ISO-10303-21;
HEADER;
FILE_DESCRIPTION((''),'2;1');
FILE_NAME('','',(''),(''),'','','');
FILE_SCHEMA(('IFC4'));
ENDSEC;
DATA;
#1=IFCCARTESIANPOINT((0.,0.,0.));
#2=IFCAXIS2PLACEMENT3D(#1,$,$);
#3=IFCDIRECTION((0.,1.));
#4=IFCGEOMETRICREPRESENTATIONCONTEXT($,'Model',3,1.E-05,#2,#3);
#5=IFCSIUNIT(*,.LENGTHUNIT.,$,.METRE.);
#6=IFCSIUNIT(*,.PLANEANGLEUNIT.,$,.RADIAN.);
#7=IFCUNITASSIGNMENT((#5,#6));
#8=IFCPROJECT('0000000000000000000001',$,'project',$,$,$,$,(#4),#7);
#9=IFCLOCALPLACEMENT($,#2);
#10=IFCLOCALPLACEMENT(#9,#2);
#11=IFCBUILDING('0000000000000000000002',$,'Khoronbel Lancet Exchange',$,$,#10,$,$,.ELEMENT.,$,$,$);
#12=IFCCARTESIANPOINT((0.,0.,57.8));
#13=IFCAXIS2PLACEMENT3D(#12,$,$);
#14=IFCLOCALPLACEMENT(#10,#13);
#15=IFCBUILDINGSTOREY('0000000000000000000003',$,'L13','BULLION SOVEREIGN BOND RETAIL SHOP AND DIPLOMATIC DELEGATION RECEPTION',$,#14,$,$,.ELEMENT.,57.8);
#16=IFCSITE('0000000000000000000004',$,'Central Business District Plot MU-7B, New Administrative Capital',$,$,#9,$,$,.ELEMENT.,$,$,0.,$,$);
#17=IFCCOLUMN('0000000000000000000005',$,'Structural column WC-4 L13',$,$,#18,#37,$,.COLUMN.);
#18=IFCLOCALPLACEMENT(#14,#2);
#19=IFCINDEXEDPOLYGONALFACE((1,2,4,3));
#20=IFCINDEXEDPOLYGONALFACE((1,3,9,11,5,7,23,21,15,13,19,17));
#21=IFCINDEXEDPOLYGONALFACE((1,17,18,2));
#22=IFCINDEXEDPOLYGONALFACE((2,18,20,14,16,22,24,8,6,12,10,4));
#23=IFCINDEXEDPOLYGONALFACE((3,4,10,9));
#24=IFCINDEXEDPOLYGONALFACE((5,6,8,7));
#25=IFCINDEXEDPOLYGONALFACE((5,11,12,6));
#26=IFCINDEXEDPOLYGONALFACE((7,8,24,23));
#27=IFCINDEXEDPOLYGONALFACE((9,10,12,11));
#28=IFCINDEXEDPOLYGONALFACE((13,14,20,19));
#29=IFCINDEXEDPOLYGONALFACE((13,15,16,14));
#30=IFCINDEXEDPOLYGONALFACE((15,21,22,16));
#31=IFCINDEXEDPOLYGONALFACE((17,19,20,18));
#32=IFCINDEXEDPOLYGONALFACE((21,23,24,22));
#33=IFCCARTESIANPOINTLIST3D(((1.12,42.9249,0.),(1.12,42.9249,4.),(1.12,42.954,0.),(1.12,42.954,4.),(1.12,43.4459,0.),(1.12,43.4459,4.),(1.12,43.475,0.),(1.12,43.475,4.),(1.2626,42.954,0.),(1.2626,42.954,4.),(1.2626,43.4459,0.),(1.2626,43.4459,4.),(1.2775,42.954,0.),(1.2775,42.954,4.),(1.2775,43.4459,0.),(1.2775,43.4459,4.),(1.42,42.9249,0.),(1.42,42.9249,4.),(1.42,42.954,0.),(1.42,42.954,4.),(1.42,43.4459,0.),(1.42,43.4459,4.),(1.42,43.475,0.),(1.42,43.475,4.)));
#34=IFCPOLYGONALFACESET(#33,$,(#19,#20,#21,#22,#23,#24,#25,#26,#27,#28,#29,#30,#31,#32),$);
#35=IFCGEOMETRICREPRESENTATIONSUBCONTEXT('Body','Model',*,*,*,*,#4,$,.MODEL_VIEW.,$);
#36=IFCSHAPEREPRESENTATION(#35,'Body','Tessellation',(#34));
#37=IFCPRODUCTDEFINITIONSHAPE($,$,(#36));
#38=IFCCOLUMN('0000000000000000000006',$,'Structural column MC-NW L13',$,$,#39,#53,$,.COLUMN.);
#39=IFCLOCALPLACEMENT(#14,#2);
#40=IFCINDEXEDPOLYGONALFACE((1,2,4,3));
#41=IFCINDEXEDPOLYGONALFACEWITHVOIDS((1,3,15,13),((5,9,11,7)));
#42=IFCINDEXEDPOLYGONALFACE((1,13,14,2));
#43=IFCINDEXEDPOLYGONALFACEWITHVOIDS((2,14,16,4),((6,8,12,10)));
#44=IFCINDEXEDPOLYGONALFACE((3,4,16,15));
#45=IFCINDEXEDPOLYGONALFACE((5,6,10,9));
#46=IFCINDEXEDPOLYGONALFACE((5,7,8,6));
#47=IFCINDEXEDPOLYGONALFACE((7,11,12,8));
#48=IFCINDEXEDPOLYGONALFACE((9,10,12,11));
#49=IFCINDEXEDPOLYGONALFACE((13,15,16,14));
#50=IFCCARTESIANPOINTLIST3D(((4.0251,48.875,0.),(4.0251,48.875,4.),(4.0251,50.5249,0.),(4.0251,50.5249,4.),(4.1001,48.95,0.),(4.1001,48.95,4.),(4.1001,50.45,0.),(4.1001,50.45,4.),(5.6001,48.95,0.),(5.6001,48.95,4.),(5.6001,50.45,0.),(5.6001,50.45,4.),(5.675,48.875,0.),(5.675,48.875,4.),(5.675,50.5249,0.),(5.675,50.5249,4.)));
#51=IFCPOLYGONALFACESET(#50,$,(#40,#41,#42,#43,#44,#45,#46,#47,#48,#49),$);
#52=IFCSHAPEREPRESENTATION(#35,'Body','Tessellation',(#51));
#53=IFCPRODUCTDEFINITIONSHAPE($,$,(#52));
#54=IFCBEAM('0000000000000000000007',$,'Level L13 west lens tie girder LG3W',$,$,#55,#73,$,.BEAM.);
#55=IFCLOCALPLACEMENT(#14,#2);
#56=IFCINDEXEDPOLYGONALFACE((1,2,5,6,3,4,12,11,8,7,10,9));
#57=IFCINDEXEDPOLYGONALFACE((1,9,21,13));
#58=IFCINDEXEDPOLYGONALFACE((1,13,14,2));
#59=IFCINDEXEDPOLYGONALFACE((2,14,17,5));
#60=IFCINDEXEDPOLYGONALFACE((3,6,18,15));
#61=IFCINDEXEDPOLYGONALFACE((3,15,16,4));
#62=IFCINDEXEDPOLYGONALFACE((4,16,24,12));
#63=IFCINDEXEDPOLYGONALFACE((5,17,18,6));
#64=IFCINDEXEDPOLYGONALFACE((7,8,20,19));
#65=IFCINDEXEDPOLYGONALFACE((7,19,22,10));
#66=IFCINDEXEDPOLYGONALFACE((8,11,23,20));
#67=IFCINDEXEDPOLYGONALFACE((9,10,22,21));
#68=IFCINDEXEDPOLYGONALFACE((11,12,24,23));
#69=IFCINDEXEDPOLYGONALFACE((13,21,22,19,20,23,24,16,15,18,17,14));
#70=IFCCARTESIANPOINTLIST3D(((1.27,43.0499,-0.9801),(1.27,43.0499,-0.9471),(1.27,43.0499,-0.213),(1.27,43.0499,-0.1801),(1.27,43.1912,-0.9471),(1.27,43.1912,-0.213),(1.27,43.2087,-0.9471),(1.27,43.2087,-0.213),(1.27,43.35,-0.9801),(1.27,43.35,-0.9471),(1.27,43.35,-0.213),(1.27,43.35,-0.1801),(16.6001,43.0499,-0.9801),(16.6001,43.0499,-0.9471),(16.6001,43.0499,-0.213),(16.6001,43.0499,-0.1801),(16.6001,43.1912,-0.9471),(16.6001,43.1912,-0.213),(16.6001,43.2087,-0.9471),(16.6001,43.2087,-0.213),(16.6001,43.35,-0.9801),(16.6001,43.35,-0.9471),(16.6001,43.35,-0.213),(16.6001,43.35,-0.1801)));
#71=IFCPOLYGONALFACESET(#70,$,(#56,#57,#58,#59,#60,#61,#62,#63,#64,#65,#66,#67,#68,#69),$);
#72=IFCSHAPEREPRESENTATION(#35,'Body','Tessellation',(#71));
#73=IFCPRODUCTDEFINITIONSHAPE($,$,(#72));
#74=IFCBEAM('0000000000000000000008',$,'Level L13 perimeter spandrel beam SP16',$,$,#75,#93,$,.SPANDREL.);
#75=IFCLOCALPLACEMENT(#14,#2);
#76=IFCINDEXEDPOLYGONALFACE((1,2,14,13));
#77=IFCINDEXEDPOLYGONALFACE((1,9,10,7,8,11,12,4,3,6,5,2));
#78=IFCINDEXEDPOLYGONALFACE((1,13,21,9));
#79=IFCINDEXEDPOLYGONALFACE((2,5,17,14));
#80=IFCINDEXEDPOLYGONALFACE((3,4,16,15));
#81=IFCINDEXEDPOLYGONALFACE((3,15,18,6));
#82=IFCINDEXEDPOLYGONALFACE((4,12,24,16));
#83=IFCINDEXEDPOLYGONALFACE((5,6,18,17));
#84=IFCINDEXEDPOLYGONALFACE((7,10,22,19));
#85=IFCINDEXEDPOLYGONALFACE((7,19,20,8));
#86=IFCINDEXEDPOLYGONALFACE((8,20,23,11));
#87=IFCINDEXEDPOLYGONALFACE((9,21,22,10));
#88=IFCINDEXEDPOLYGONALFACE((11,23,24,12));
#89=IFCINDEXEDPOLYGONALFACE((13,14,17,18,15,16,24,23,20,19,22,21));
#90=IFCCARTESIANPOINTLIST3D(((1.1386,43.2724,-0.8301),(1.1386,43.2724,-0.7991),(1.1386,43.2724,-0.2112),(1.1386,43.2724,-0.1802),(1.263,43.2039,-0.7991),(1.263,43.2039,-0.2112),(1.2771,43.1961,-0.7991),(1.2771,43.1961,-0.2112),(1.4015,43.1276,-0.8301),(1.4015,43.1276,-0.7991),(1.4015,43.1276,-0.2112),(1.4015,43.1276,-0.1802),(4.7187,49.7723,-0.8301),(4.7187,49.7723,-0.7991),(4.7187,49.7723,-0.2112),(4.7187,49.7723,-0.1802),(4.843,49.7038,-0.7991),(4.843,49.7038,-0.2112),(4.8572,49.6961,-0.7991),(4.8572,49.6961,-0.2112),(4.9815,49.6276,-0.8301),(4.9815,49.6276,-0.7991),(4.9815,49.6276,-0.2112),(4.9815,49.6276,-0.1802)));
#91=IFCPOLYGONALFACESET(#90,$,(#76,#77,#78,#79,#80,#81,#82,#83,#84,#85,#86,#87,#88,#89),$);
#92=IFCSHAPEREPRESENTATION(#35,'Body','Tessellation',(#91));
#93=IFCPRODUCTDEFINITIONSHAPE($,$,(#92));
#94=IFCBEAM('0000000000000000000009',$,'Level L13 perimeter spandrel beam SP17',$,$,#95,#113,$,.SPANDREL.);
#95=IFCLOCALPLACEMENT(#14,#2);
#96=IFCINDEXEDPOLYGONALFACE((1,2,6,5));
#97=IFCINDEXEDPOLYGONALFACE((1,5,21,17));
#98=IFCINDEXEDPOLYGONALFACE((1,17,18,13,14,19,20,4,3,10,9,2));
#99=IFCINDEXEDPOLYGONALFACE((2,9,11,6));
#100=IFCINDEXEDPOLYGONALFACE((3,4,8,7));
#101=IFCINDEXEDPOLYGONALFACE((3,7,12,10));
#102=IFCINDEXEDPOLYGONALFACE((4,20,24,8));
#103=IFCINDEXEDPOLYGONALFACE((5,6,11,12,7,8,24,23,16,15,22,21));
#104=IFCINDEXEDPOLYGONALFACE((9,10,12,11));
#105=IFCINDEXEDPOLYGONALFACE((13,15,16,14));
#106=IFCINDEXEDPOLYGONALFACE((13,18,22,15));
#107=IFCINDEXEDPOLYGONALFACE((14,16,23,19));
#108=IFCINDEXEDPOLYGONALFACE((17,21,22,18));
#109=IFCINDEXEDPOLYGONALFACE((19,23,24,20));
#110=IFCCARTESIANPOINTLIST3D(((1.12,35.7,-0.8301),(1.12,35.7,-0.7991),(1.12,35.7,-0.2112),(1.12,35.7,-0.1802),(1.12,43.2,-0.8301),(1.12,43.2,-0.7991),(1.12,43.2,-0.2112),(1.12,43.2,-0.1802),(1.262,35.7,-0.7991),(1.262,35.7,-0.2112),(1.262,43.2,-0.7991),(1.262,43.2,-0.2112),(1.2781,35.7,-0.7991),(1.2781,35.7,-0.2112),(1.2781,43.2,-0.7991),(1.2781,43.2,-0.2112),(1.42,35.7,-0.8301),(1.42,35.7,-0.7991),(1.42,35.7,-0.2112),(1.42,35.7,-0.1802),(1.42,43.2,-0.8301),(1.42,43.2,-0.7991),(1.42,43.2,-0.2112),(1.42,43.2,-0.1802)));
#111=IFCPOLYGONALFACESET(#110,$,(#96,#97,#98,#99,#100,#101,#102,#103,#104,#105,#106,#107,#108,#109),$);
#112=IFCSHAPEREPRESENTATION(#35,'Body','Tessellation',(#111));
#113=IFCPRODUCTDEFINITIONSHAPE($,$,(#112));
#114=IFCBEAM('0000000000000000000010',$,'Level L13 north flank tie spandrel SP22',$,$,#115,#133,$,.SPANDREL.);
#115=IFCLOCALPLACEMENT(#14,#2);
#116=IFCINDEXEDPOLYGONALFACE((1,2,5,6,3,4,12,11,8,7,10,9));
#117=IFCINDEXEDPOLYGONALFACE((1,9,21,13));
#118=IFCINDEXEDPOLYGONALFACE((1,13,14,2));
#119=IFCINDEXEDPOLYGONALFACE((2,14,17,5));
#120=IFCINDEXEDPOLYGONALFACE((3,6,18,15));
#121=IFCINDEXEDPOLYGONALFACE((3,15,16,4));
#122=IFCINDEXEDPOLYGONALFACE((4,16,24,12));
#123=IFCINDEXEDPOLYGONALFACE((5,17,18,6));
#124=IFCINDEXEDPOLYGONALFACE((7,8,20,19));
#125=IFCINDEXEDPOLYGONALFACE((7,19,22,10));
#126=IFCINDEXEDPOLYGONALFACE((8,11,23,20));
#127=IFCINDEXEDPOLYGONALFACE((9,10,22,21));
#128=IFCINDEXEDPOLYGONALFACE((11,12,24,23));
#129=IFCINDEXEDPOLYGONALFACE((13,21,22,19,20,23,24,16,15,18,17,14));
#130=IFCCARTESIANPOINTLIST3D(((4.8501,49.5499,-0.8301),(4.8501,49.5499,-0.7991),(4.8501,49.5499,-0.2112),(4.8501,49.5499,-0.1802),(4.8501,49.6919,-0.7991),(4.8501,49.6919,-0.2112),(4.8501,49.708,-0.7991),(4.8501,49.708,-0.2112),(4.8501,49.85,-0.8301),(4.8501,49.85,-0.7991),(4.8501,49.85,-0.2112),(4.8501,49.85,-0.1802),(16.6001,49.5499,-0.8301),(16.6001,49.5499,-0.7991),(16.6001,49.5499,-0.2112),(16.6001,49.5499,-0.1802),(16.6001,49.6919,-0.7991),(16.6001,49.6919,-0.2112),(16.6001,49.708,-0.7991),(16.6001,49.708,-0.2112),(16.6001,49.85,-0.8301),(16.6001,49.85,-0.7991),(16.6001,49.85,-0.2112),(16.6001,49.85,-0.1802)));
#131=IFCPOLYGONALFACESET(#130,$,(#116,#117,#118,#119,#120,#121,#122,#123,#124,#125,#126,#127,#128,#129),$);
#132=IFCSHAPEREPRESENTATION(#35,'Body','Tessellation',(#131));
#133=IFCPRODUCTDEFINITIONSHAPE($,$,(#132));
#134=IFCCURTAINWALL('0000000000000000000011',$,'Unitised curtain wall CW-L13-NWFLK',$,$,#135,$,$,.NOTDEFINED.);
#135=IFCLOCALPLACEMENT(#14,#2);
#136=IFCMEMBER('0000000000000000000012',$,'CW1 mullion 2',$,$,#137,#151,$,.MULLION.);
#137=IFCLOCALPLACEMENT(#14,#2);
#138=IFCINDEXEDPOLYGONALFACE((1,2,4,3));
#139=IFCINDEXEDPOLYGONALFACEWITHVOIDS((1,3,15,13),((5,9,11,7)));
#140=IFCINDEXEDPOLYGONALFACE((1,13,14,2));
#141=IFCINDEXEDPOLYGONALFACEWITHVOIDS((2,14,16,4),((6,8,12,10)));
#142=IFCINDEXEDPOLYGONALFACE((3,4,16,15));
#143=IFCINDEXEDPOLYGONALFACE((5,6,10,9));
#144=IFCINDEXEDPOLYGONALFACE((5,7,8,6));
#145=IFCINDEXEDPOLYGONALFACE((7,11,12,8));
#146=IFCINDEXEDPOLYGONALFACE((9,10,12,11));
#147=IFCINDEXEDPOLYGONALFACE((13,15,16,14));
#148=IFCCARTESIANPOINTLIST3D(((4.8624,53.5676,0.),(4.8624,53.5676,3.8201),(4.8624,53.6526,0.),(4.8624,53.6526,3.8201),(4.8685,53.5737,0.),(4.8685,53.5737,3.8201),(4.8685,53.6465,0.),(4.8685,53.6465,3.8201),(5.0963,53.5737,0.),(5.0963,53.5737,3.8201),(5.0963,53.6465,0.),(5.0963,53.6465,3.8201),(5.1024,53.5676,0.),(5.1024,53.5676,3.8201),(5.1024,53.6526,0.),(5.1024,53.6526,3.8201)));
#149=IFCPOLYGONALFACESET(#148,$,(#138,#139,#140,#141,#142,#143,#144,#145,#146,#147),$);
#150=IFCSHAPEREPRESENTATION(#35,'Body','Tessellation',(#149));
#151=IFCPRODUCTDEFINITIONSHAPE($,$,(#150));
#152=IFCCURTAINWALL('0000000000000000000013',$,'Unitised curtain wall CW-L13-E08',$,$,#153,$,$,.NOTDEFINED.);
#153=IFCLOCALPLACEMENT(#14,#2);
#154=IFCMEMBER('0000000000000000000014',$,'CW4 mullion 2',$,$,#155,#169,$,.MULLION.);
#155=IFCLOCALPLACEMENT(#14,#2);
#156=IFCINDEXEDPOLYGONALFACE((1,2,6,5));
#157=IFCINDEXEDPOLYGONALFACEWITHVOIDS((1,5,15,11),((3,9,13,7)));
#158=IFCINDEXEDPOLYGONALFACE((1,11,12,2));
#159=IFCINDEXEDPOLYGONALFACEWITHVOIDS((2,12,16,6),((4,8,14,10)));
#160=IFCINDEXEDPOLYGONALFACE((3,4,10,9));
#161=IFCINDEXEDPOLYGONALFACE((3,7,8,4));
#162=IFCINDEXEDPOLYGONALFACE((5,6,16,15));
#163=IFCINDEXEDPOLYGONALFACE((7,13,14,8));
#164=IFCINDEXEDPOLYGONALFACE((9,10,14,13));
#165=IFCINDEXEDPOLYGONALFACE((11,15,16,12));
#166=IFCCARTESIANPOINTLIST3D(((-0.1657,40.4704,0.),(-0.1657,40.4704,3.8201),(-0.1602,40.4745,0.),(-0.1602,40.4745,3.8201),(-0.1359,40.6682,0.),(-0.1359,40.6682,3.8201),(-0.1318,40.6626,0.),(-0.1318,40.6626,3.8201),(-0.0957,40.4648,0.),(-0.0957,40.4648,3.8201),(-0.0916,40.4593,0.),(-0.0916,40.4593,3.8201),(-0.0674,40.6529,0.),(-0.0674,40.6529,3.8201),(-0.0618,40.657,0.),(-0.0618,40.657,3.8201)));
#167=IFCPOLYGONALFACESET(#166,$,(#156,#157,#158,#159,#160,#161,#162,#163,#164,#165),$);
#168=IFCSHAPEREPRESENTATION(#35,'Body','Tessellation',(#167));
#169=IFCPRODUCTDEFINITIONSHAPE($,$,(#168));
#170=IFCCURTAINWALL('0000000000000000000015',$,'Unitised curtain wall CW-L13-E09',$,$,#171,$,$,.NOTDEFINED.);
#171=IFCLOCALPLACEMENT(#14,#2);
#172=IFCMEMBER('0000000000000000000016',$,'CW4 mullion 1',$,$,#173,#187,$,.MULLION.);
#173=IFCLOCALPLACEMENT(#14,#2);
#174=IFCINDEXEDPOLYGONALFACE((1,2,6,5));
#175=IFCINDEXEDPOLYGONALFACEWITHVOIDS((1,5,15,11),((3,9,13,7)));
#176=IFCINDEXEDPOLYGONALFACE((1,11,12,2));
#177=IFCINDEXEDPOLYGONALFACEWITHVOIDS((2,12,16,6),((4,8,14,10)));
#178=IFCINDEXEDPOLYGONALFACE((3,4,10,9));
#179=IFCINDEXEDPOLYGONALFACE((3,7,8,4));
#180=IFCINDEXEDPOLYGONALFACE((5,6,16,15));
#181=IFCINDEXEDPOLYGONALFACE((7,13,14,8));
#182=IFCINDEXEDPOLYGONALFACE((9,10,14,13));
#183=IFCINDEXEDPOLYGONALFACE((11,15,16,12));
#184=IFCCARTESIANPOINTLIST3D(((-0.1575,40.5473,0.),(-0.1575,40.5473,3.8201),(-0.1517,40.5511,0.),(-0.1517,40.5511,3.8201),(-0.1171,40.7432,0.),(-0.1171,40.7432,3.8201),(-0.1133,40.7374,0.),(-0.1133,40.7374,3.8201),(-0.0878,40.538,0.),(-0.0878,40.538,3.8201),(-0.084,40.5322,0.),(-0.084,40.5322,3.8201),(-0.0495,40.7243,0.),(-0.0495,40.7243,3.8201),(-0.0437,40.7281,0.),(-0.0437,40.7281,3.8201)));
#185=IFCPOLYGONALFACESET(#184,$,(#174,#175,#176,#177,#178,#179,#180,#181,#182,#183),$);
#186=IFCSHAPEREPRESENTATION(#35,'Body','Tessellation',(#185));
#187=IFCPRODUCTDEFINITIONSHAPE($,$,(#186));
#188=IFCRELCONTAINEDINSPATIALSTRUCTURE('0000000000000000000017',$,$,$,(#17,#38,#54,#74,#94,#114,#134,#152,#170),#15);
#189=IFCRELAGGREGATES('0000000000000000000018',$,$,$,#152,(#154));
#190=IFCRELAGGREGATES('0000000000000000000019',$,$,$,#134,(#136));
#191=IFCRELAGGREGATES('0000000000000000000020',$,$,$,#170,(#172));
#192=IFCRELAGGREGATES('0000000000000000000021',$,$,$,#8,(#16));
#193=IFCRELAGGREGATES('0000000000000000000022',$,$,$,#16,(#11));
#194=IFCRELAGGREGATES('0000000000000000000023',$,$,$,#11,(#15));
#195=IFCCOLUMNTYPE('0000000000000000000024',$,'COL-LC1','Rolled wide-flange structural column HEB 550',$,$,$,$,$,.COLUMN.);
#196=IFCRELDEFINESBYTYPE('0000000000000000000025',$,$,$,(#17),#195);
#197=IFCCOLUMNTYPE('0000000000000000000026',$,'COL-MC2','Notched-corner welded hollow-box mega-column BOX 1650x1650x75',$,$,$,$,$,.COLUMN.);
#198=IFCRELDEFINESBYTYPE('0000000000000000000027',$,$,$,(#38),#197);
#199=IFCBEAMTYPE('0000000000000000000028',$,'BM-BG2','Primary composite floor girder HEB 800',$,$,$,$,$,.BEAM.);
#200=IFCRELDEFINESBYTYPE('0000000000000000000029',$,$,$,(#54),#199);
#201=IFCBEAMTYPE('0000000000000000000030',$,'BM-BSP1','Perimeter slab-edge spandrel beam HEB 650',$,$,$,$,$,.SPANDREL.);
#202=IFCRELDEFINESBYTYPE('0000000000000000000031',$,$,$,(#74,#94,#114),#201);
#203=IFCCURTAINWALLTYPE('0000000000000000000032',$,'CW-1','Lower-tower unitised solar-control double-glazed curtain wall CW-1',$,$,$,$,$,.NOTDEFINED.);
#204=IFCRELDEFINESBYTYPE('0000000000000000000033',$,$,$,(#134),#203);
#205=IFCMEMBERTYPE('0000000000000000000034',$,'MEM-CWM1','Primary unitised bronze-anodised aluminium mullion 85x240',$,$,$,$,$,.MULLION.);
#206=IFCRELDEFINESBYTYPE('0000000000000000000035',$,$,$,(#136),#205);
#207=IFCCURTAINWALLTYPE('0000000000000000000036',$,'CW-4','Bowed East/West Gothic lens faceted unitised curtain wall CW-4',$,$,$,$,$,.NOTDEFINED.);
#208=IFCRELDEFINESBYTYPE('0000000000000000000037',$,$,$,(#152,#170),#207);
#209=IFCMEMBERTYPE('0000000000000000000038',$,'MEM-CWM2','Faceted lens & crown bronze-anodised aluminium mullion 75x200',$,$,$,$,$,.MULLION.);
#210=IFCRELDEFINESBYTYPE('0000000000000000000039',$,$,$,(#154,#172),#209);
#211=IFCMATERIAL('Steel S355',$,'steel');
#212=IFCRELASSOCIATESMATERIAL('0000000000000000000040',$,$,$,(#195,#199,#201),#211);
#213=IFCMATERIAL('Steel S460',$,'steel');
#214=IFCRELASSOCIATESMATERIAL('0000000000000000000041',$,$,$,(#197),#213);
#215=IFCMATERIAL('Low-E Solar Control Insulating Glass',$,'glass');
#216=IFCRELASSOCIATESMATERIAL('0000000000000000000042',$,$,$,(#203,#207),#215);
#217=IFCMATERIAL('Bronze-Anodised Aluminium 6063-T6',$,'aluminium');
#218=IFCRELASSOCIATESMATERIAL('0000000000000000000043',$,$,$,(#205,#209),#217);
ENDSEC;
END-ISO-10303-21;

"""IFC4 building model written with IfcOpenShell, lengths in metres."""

from ifc_helpers import new_model, si_unit, direction, frame, origin, origin_2d, place, context, subcontext, project, spatial, hollow_rectangle, i_section, extrude, material, material_profile, profile_set, type_object, element, aggregate, save


model = new_model("IFC4")

# Units and contexts
model_context = context("Model", 3, precision=1e-05, world=origin(), true_north=direction((0.0, 1.0)))
body_context = subcontext(model_context, "Body", "Model", "MODEL_VIEW")
ifc_project = project(units=[si_unit("LENGTHUNIT", "METRE"), si_unit("PLANEANGLEUNIT", "RADIAN")], contexts=[model_context])

# Site, building, storey
site_placement = place(None, origin())
site = spatial("IfcSite", under=ifc_project, at=site_placement, Name="Central Business District Plot MU-7B, New Administrative Capital", CompositionType="ELEMENT", RefElevation=0.0)
building_placement = place(site_placement, origin())
building = spatial("IfcBuilding", under=site, at=building_placement, Name="Khoronbel Lancet Exchange", CompositionType="ELEMENT")
storey_placement = place(building_placement, frame((0.0, 0.0, 57.8)))
storey = spatial("IfcBuildingStorey", under=building, at=storey_placement, Name="L13", Description="BULLION SOVEREIGN BOND RETAIL SHOP AND DIPLOMATIC DELEGATION RECEPTION", CompositionType="ELEMENT", Elevation=57.8)

# Columns
ifc_material_1 = material(Name="Steel S355", Category="steel")
ifc_material_profile_1 = material_profile(ifc_material_1, i_section(OverallWidth=0.3, OverallDepth=0.55, WebThickness=0.0149, FlangeThickness=0.0291, at=origin_2d()), Name="HEB 550")
ifc_profile_set_1 = profile_set([ifc_material_profile_1], Name="Steel S355")
column_type_1 = type_object("IfcColumnType", Name="COL-LC1", Description="Rolled wide-flange structural column HEB 550", PredefinedType="COLUMN", material=ifc_profile_set_1)
column_1_placement = place(storey_placement, frame((1.27, 43.2, 0.0), z_axis=(0.0, 0.0, 1.0), x_axis=(1.0, 0.0, 0.0)))
element("IfcColumn", 1, at=column_1_placement, inside=storey, type_object=column_type_1, Name="Structural column WC-4 L13", PredefinedType="COLUMN", context=body_context, shape_type="SweptSolid", body=[
    extrude(i_section(OverallWidth=0.3, OverallDepth=0.55, WebThickness=0.0149, FlangeThickness=0.0291, at=origin_2d()), origin(), (0.0, 0.0, 1.0), 4.0),
])
ifc_material_2 = material(Name="Steel S460", Category="steel")
ifc_material_profile_2 = material_profile(ifc_material_2, hollow_rectangle(XDim=1.6499, YDim=1.6499, WallThickness=0.075, at=origin_2d()), Name="BOX 1650x1650x75")
ifc_profile_set_2 = profile_set([ifc_material_profile_2], Name="Steel S460")
column_type_2 = type_object("IfcColumnType", Name="COL-MC2", Description="Notched-corner welded hollow-box mega-column BOX 1650x1650x75", PredefinedType="COLUMN", material=ifc_profile_set_2)
column_2_placement = place(storey_placement, frame((4.8501, 49.7, 0.0), z_axis=(0.0, 0.0, 1.0), x_axis=(1.0, 0.0, 0.0)))
element("IfcColumn", 2, at=column_2_placement, inside=storey, type_object=column_type_2, Name="Structural column MC-NW L13", PredefinedType="COLUMN", context=body_context, shape_type="SweptSolid", body=[
    extrude(hollow_rectangle(XDim=1.6499, YDim=1.6499, WallThickness=0.075, at=origin_2d()), origin(), (0.0, 0.0, 1.0), 4.0),
])

# Beams
ifc_material_profile_3 = material_profile(ifc_material_1, i_section(OverallWidth=0.3, OverallDepth=0.8, WebThickness=0.0176, FlangeThickness=0.033, at=origin_2d()), Name="HEB 800")
ifc_profile_set_3 = profile_set([ifc_material_profile_3], Name="Steel S355")
beam_type_1 = type_object("IfcBeamType", Name="BM-BG2", Description="Primary composite floor girder HEB 800", PredefinedType="BEAM", material=ifc_profile_set_3)
beam_1_placement = place(storey_placement, frame((1.27, 43.2, -0.5801), z_axis=(1.0, 0.0, 0.0), x_axis=(0.0, 1.0, 0.0)))
element("IfcBeam", 3, at=beam_1_placement, inside=storey, type_object=beam_type_1, Name="Level L13 west lens tie girder LG3W", PredefinedType="BEAM", context=body_context, shape_type="SweptSolid", body=[
    extrude(i_section(OverallWidth=0.3, OverallDepth=0.8, WebThickness=0.0176, FlangeThickness=0.033, at=origin_2d()), origin(), (0.0, 0.0, 1.0), 15.3301),
])
ifc_material_profile_4 = material_profile(ifc_material_1, i_section(OverallWidth=0.3, OverallDepth=0.6499, WebThickness=0.0161, FlangeThickness=0.031, at=origin_2d()), Name="HEB 650")
ifc_profile_set_4 = profile_set([ifc_material_profile_4], Name="Steel S355")
beam_type_2 = type_object("IfcBeamType", Name="BM-BSP1", Description="Perimeter slab-edge spandrel beam HEB 650", PredefinedType="SPANDREL", material=ifc_profile_set_4)
beam_2_placement = place(storey_placement, frame((4.8501, 49.7, -0.5051), z_axis=(-0.482444, -0.875927, 0.0), x_axis=(0.875927, -0.482444, 0.0)))
element("IfcBeam", 4, at=beam_2_placement, inside=storey, type_object=beam_type_2, Name="Level L13 perimeter spandrel beam SP16", PredefinedType="SPANDREL", context=body_context, shape_type="SweptSolid", body=[
    extrude(i_section(OverallWidth=0.3, OverallDepth=0.6499, WebThickness=0.0161, FlangeThickness=0.031, at=origin_2d()), origin(), (0.0, 0.0, 1.0), 7.4207),
])
beam_3_placement = place(storey_placement, frame((1.27, 43.2, -0.5051), z_axis=(0.0, -1.0, 0.0), x_axis=(1.0, 0.0, 0.0)))
element("IfcBeam", 5, at=beam_3_placement, inside=storey, type_object=beam_type_2, Name="Level L13 perimeter spandrel beam SP17", PredefinedType="SPANDREL", context=body_context, shape_type="SweptSolid", body=[
    extrude(i_section(OverallWidth=0.3, OverallDepth=0.6499, WebThickness=0.0161, FlangeThickness=0.031, at=origin_2d()), origin(), (0.0, 0.0, 1.0), 7.5),
])
beam_4_placement = place(storey_placement, frame((4.8501, 49.7, -0.5051), z_axis=(1.0, 0.0, 0.0), x_axis=(0.0, 1.0, 0.0)))
element("IfcBeam", 6, at=beam_4_placement, inside=storey, type_object=beam_type_2, Name="Level L13 north flank tie spandrel SP22", PredefinedType="SPANDREL", context=body_context, shape_type="SweptSolid", body=[
    extrude(i_section(OverallWidth=0.3, OverallDepth=0.6499, WebThickness=0.0161, FlangeThickness=0.031, at=origin_2d()), origin(), (0.0, 0.0, 1.0), 11.75),
])

# Curtain walls, members
ifc_material_3 = material(Name="Low-E Solar Control Insulating Glass", Category="glass")
curtain_wall_type_1 = type_object("IfcCurtainWallType", Name="CW-1", Description="Lower-tower unitised solar-control double-glazed curtain wall CW-1", PredefinedType="NOTDEFINED", material=ifc_material_3)
curtain_wall_1_placement = place(storey_placement, origin())
curtain_wall_1 = element("IfcCurtainWall", 7, at=curtain_wall_1_placement, inside=storey, type_object=curtain_wall_type_1, Name="Unitised curtain wall CW-L13-NWFLK", PredefinedType="NOTDEFINED")
ifc_material_4 = material(Name="Bronze-Anodised Aluminium 6063-T6", Category="aluminium")
ifc_material_profile_5 = material_profile(ifc_material_4, hollow_rectangle(XDim=0.085, YDim=0.24, WallThickness=0.0061, at=origin_2d()), Name="ALU MULLION 85x240")
ifc_profile_set_5 = profile_set([ifc_material_profile_5], Name="Bronze-Anodised Aluminium 6063-T6")
member_type_1 = type_object("IfcMemberType", Name="MEM-CWM1", Description="Primary unitised bronze-anodised aluminium mullion 85x240", PredefinedType="MULLION", material=ifc_profile_set_5)
member_1_placement = place(storey_placement, frame((4.9824, 53.6101, 0.0), z_axis=(0.0, 0.0, 1.0), x_axis=(0.0, -1.0, 0.0)))
member_1 = element("IfcMember", 8, at=member_1_placement, type_object=member_type_1, Name="CW1 mullion 2", PredefinedType="MULLION", context=body_context, shape_type="SweptSolid", body=[
    extrude(hollow_rectangle(XDim=0.085, YDim=0.24, WallThickness=0.0061, at=origin_2d()), origin(), (0.0, 0.0, 1.0), 3.8201),
])
curtain_wall_type_2 = type_object("IfcCurtainWallType", Name="CW-4", Description="Bowed East/West Gothic lens faceted unitised curtain wall CW-4", PredefinedType="NOTDEFINED", material=ifc_material_3)
curtain_wall_2_placement = place(storey_placement, origin())
curtain_wall_2 = element("IfcCurtainWall", 9, at=curtain_wall_2_placement, inside=storey, type_object=curtain_wall_type_2, Name="Unitised curtain wall CW-L13-E08", PredefinedType="NOTDEFINED")
ifc_material_profile_6 = material_profile(ifc_material_4, hollow_rectangle(XDim=0.075, YDim=0.2, WallThickness=0.0049, at=origin_2d()), Name="ALU MULLION 75x200")
ifc_profile_set_6 = profile_set([ifc_material_profile_6], Name="Bronze-Anodised Aluminium 6063-T6")
member_type_2 = type_object("IfcMemberType", Name="MEM-CWM2", Description="Faceted lens & crown bronze-anodised aluminium mullion 75x200", PredefinedType="MULLION", material=ifc_profile_set_6)
member_2_placement = place(storey_placement, frame((-0.1138, 40.5637, 0.0), z_axis=(0.0, 0.0, 1.0), x_axis=(-0.988825, 0.14908, 0.0)))
member_2 = element("IfcMember", 10, at=member_2_placement, type_object=member_type_2, Name="CW4 mullion 2", PredefinedType="MULLION", context=body_context, shape_type="SweptSolid", body=[
    extrude(hollow_rectangle(XDim=0.075, YDim=0.2, WallThickness=0.0049, at=origin_2d()), origin(), (0.0, 0.0, 1.0), 3.8201),
])

# Curtain wall, member
curtain_wall_3_placement = place(storey_placement, origin())
curtain_wall_3 = element("IfcCurtainWall", 11, at=curtain_wall_3_placement, inside=storey, type_object=curtain_wall_type_2, Name="Unitised curtain wall CW-L13-E09", PredefinedType="NOTDEFINED")
member_3_placement = place(storey_placement, frame((-0.1006, 40.6377, 0.0), z_axis=(0.0, 0.0, 1.0), x_axis=(-0.979446, 0.201705, 0.0)))
member_3 = element("IfcMember", 12, at=member_3_placement, type_object=member_type_2, Name="CW4 mullion 1", PredefinedType="MULLION", context=body_context, shape_type="SweptSolid", body=[
    extrude(hollow_rectangle(XDim=0.075, YDim=0.2, WallThickness=0.0049, at=origin_2d()), origin(), (0.0, 0.0, 1.0), 3.8201),
])

aggregate(curtain_wall_2, [member_2])
aggregate(curtain_wall_1, [member_1])
aggregate(curtain_wall_3, [member_3])

save(model, "model.ifc")
